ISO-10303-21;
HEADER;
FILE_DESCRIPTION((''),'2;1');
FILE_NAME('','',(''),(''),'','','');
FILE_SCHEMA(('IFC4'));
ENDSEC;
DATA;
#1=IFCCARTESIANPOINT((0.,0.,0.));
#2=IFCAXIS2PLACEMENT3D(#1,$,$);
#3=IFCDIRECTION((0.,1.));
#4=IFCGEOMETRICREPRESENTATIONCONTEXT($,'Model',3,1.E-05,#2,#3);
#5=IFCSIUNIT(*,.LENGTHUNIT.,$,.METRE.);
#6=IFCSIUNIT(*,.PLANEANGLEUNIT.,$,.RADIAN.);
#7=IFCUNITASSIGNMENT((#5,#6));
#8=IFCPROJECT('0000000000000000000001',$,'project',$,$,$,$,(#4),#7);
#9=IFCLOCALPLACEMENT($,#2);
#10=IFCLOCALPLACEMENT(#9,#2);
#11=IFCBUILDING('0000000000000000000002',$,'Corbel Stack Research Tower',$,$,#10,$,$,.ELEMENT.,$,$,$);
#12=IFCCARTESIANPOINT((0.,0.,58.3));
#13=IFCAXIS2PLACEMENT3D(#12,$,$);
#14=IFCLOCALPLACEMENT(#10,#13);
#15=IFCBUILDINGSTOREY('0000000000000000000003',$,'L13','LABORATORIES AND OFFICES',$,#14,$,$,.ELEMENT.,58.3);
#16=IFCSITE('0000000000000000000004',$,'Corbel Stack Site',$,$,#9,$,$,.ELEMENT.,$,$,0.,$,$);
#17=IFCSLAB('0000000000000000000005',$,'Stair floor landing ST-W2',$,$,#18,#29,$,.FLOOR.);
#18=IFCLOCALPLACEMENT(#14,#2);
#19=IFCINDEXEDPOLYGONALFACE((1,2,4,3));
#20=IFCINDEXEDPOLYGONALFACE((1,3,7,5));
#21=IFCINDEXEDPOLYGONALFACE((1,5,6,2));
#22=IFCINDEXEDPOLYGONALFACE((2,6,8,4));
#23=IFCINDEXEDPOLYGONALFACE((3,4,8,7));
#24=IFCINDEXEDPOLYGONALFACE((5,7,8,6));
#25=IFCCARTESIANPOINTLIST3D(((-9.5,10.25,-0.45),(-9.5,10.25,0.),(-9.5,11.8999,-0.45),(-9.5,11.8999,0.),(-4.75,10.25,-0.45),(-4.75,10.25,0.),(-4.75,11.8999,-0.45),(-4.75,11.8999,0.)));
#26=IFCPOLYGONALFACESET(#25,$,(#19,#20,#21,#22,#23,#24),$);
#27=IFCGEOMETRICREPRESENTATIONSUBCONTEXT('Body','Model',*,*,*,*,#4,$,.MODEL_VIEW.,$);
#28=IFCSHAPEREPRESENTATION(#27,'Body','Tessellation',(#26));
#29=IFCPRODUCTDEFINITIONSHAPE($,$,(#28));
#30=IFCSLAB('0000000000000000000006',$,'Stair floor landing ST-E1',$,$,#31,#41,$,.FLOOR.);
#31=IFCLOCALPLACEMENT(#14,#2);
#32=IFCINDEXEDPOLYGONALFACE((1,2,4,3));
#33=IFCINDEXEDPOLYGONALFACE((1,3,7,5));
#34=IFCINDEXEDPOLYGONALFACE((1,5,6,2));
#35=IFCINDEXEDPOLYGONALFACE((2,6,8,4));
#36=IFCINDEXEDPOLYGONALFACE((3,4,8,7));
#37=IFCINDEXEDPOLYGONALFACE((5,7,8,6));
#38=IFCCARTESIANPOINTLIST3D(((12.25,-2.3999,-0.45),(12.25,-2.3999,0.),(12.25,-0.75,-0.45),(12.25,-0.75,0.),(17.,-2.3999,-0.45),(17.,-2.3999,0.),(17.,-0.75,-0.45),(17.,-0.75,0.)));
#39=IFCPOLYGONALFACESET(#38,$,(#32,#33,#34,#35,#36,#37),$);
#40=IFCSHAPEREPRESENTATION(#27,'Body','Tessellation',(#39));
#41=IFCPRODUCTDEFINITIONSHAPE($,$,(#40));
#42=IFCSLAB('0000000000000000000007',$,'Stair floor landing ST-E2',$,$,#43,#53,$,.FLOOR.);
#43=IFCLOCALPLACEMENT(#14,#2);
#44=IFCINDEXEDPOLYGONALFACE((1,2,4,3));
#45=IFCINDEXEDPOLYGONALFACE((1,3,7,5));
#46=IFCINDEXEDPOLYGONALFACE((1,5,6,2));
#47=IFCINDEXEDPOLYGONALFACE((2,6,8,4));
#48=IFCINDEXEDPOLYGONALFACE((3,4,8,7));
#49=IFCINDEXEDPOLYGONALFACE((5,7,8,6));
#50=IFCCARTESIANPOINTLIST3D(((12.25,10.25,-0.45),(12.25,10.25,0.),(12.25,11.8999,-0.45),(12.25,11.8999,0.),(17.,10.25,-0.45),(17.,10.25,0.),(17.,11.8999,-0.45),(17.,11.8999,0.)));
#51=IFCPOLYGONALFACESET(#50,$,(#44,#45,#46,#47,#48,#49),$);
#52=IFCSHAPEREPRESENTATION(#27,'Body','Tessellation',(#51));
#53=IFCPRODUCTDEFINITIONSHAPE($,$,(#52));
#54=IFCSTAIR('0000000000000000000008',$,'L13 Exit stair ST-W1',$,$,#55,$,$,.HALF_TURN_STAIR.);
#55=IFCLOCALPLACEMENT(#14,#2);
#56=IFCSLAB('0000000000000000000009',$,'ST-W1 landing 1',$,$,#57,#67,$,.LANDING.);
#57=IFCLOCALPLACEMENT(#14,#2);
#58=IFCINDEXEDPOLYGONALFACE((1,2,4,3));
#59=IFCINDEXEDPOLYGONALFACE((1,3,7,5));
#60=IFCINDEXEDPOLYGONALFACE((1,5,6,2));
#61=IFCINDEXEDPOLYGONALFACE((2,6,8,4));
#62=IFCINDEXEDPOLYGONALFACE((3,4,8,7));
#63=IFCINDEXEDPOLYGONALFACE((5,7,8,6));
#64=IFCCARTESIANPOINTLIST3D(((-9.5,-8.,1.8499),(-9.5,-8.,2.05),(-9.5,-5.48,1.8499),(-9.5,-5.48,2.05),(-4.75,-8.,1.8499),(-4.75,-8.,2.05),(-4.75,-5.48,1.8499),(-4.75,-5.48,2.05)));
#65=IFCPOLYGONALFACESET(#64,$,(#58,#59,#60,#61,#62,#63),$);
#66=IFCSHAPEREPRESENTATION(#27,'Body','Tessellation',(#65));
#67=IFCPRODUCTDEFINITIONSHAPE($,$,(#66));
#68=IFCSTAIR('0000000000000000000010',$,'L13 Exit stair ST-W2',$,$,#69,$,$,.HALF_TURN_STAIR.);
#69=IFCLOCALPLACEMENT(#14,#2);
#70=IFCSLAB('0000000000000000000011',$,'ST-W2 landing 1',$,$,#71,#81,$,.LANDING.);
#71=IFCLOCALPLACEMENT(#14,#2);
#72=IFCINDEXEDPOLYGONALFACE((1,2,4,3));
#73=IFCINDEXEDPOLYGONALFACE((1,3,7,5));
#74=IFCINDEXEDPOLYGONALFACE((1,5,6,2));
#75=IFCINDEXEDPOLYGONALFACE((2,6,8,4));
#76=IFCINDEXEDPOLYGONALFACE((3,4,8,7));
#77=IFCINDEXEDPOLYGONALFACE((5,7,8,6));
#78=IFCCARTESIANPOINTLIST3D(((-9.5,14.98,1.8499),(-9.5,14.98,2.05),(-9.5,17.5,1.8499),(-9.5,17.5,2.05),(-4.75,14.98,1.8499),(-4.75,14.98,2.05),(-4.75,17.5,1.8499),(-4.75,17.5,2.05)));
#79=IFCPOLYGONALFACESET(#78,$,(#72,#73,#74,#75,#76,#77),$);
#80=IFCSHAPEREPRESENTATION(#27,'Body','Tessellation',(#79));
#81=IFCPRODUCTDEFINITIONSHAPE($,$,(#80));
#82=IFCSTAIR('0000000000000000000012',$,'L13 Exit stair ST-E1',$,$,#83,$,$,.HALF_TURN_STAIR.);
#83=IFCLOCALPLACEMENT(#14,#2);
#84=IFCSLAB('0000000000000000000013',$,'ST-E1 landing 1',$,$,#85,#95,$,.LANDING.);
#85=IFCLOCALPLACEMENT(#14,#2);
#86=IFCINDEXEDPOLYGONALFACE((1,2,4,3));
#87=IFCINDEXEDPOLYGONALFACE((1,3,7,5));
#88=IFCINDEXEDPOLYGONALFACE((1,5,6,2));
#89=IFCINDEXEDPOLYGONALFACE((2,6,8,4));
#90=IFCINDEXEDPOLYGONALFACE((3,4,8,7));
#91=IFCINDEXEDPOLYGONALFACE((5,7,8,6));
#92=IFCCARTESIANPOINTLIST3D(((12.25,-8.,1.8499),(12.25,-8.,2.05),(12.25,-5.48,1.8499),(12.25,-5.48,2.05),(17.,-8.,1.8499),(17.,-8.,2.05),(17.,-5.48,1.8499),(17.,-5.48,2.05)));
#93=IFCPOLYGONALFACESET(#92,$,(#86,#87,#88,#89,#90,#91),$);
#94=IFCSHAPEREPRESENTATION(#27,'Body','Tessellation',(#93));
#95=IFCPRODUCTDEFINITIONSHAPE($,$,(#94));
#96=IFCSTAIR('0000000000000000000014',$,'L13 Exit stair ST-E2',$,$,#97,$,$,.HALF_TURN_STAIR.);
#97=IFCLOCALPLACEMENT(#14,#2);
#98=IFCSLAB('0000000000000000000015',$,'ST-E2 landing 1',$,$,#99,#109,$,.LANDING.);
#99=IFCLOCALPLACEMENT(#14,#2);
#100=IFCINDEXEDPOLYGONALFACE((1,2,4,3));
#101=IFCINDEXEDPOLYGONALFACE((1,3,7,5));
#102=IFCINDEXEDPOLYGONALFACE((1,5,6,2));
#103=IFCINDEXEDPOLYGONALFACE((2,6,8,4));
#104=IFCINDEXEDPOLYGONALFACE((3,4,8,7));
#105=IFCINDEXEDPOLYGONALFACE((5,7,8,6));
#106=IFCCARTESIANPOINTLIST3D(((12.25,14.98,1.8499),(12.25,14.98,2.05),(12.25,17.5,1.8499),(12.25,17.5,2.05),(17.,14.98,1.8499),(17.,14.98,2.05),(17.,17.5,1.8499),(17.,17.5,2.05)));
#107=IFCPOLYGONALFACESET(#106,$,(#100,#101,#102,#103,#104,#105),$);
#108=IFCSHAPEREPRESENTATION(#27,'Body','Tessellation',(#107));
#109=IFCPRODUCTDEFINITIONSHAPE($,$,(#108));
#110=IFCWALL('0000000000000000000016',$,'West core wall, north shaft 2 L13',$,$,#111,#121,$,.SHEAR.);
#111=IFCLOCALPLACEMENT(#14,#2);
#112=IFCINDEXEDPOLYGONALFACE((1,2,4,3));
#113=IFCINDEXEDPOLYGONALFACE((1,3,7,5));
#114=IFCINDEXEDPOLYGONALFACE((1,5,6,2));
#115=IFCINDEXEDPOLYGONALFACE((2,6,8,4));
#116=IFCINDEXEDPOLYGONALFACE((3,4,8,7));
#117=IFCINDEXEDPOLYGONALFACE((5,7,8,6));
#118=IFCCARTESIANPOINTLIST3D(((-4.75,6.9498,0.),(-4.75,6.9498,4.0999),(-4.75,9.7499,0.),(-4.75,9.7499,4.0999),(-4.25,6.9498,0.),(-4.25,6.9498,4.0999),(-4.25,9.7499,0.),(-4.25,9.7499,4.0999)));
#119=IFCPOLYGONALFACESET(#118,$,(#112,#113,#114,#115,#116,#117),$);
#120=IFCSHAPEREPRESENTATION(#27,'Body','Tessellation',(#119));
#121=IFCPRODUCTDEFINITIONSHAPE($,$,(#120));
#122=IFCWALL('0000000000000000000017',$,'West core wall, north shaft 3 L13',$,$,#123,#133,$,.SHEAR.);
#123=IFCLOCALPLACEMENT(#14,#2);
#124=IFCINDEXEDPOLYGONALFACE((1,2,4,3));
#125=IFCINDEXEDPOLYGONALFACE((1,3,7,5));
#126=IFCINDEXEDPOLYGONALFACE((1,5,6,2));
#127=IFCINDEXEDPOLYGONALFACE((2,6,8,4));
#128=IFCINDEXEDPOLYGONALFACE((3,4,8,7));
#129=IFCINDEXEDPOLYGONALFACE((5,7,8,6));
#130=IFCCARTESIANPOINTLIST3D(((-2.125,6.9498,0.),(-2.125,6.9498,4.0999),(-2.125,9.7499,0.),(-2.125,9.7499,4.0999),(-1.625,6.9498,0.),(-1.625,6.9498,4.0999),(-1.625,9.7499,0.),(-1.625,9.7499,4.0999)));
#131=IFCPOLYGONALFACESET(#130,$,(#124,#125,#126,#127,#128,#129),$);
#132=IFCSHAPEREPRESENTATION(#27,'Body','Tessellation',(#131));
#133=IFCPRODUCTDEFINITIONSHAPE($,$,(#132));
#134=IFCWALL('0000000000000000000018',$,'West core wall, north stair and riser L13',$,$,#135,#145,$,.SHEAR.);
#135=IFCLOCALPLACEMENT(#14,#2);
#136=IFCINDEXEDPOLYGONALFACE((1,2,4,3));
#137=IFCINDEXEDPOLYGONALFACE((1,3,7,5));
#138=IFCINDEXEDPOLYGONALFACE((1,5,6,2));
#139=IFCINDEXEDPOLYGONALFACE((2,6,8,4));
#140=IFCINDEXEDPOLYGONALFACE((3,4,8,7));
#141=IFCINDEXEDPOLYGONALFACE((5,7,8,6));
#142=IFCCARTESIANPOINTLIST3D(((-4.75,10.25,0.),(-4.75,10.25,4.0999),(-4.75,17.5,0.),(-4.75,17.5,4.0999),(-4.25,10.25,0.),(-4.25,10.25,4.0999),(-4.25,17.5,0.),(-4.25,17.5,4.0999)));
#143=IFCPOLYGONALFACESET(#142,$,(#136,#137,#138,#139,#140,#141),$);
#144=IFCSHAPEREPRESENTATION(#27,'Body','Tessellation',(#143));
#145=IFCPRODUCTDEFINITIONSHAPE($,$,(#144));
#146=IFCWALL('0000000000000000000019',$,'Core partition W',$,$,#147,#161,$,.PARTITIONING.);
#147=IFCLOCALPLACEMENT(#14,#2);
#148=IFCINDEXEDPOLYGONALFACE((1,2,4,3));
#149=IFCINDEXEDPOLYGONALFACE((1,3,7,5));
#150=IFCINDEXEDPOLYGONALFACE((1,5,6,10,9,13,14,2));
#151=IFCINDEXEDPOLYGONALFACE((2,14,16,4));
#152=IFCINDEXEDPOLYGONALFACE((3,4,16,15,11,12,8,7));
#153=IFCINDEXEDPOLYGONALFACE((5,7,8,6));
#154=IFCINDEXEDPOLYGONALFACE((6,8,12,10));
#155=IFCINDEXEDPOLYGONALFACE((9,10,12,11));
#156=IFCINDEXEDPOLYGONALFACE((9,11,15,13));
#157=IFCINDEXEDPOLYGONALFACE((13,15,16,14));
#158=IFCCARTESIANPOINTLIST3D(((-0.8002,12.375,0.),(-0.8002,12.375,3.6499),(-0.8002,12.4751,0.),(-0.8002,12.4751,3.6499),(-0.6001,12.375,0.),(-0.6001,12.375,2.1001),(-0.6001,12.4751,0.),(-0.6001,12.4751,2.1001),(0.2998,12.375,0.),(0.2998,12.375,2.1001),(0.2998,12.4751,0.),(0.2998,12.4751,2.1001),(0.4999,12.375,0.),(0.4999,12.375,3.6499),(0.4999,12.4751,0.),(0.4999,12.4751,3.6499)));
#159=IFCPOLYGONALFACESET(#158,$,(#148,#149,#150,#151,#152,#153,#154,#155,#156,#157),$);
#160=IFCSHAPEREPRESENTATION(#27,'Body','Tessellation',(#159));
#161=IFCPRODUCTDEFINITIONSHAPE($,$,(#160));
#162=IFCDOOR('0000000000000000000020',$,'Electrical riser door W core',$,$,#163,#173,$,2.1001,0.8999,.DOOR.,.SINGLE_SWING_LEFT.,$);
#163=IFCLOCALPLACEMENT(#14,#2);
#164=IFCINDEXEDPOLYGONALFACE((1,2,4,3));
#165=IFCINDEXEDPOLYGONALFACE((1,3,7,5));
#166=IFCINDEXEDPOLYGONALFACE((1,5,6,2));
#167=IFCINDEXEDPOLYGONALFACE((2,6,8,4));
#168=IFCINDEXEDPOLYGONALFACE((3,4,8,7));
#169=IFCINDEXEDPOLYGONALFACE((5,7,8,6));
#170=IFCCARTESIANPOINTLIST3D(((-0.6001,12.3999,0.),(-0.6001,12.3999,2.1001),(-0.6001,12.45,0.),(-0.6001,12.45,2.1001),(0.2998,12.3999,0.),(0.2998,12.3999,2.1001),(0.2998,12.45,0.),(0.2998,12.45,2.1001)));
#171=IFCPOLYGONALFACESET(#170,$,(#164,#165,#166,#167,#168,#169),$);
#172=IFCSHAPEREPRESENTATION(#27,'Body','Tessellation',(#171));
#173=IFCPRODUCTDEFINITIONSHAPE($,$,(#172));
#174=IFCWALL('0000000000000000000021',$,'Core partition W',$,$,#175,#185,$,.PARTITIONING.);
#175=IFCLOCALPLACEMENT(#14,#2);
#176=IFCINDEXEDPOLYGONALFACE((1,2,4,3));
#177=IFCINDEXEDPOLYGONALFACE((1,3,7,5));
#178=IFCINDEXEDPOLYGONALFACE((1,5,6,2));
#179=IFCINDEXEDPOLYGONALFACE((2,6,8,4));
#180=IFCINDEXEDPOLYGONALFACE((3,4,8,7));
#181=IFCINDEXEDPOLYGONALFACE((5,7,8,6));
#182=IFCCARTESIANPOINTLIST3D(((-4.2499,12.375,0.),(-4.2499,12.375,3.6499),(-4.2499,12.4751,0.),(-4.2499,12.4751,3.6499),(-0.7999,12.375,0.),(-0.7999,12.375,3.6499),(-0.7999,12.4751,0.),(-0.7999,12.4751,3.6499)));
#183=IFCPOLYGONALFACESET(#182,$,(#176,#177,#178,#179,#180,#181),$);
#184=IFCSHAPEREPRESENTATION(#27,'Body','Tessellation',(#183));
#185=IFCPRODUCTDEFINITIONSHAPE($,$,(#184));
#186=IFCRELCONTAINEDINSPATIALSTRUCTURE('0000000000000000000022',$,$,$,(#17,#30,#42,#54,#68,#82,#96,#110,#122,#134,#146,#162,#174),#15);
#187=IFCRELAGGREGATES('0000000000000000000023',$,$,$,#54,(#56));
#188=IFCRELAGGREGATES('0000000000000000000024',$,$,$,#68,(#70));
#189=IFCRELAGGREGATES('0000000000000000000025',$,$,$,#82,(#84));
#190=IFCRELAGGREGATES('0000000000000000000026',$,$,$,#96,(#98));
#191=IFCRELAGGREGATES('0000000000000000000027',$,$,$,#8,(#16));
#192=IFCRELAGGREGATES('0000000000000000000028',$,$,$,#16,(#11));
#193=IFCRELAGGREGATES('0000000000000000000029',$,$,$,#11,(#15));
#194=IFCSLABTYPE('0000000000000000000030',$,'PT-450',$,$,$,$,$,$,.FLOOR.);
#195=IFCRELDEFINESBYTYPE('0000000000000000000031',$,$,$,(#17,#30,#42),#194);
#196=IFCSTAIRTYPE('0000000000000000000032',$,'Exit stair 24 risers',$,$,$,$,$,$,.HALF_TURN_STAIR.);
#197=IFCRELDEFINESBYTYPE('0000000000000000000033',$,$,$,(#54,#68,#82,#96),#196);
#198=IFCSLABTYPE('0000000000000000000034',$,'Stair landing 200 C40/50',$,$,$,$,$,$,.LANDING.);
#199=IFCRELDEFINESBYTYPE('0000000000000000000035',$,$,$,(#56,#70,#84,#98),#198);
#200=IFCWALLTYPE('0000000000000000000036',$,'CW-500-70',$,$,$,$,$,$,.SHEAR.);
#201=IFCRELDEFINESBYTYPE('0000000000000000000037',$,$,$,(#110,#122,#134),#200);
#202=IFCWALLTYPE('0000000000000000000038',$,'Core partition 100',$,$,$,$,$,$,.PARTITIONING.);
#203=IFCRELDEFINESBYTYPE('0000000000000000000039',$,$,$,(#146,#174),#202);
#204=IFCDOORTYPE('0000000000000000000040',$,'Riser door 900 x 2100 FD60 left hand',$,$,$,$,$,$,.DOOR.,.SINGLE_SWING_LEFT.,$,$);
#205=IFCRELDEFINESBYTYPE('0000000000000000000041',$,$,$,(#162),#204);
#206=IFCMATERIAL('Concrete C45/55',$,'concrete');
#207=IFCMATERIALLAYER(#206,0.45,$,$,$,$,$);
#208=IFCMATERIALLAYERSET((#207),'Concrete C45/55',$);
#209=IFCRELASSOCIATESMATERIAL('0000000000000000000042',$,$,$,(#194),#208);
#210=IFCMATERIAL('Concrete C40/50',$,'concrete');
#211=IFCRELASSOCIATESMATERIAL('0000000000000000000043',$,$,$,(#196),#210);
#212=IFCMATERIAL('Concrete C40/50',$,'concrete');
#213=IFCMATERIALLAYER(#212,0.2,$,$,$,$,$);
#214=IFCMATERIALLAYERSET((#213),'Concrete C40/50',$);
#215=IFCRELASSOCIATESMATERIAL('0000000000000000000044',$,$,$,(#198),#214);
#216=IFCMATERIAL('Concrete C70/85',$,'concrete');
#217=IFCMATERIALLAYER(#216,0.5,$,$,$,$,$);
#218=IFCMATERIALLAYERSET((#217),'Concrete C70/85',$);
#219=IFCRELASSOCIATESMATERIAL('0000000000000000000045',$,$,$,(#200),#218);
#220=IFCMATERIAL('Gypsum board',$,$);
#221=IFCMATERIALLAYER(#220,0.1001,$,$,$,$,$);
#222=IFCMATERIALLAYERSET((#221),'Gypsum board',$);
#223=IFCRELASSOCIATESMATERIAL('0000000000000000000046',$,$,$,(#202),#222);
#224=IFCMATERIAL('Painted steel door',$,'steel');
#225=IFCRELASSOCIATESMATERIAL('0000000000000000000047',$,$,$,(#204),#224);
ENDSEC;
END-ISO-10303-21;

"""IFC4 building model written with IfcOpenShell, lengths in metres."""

from ifc_helpers import new_model, si_unit, direction, frame, frame_2d, origin, place, context, subcontext, project, spatial, polyline, rectangle, outline, extrude, material, layer, layer_set, type_object, element, fill, aggregate, save


model = new_model("IFC4")

# Units and contexts
model_context = context("Model", 3, precision=1e-05, world=origin(), true_north=direction((0.0, 1.0)))
body_context = subcontext(model_context, "Body", "Model", "MODEL_VIEW")
ifc_project = project(units=[si_unit("LENGTHUNIT", "METRE"), si_unit("PLANEANGLEUNIT", "RADIAN")], contexts=[model_context])

# Site, building, storey
site_placement = place(None, origin())
site = spatial("IfcSite", under=ifc_project, at=site_placement, Name="Corbel Stack Site", CompositionType="ELEMENT", RefElevation=0.0)
building_placement = place(site_placement, origin())
building = spatial("IfcBuilding", under=site, at=building_placement, Name="Corbel Stack Research Tower", CompositionType="ELEMENT")
storey_placement = place(building_placement, frame((0.0, 0.0, 58.3)))
storey = spatial("IfcBuildingStorey", under=building, at=storey_placement, Name="L13", Description="LABORATORIES AND OFFICES", CompositionType="ELEMENT", Elevation=58.3)

# Slabs
ifc_material_1 = material(Name="Concrete C45/55", Category="concrete")
ifc_layer_1 = layer(ifc_material_1, 0.45)
ifc_layer_set_1 = layer_set([ifc_layer_1], Name="Concrete C45/55")
slab_type_1 = type_object("IfcSlabType", Name="PT-450", PredefinedType="FLOOR", material=ifc_layer_set_1)
slab_1_placement = place(storey_placement, frame((0.0, 0.0, -0.45)))
element("IfcSlab", 1, at=slab_1_placement, inside=storey, type_object=slab_type_1, Name="Stair floor landing ST-W2", PredefinedType="FLOOR", context=body_context, shape_type="SweptSolid", body=[
    extrude(outline(polyline([(-9.5, 10.25), (-4.75, 10.25), (-4.75, 11.8999), (-9.5, 11.8999), (-9.5, 10.25)])), origin(), (0.0, 0.0, 1.0), 0.45),
])
slab_2_placement = place(storey_placement, frame((0.0, 0.0, -0.45)))
element("IfcSlab", 2, at=slab_2_placement, inside=storey, type_object=slab_type_1, Name="Stair floor landing ST-E1", PredefinedType="FLOOR", context=body_context, shape_type="SweptSolid", body=[
    extrude(outline(polyline([(12.25, -2.3999), (17.0, -2.3999), (17.0, -0.75), (12.25, -0.75), (12.25, -2.3999)])), origin(), (0.0, 0.0, 1.0), 0.45),
])
slab_3_placement = place(storey_placement, frame((0.0, 0.0, -0.45)))
element("IfcSlab", 3, at=slab_3_placement, inside=storey, type_object=slab_type_1, Name="Stair floor landing ST-E2", PredefinedType="FLOOR", context=body_context, shape_type="SweptSolid", body=[
    extrude(outline(polyline([(12.25, 10.25), (17.0, 10.25), (17.0, 11.8999), (12.25, 11.8999), (12.25, 10.25)])), origin(), (0.0, 0.0, 1.0), 0.45),
])

# Stairs, slabs
ifc_material_2 = material(Name="Concrete C40/50", Category="concrete")
stair_type = type_object("IfcStairType", Name="Exit stair 24 risers", PredefinedType="HALF_TURN_STAIR", material=ifc_material_2)
stair_1_placement = place(storey_placement, origin())
stair_1 = element("IfcStair", 4, at=stair_1_placement, inside=storey, type_object=stair_type, Name="L13 Exit stair ST-W1", PredefinedType="HALF_TURN_STAIR")
ifc_material_3 = material(Name="Concrete C40/50", Category="concrete")
ifc_layer_2 = layer(ifc_material_3, 0.2)
ifc_layer_set_2 = layer_set([ifc_layer_2], Name="Concrete C40/50")
slab_type_2 = type_object("IfcSlabType", Name="Stair landing 200 C40/50", PredefinedType="LANDING", material=ifc_layer_set_2)
slab_4_placement = place(storey_placement, frame((0.0, 0.0, 1.8499)))
slab_4 = element("IfcSlab", 5, at=slab_4_placement, type_object=slab_type_2, Name="ST-W1 landing 1", PredefinedType="LANDING", context=body_context, shape_type="SweptSolid", body=[
    extrude(outline(polyline([(-9.5, -8.0), (-9.5, -5.48), (-4.75, -5.48), (-4.75, -8.0), (-9.5, -8.0)])), origin(), (0.0, 0.0, 1.0), 0.2002),
])
aggregate(stair_1, [slab_4])
stair_2_placement = place(storey_placement, origin())
stair_2 = element("IfcStair", 6, at=stair_2_placement, inside=storey, type_object=stair_type, Name="L13 Exit stair ST-W2", PredefinedType="HALF_TURN_STAIR")
slab_5_placement = place(storey_placement, frame((0.0, 0.0, 1.8499)))
slab_5 = element("IfcSlab", 7, at=slab_5_placement, type_object=slab_type_2, Name="ST-W2 landing 1", PredefinedType="LANDING", context=body_context, shape_type="SweptSolid", body=[
    extrude(outline(polyline([(-9.5, 14.98), (-9.5, 17.5), (-4.75, 17.5), (-4.75, 14.98), (-9.5, 14.98)])), origin(), (0.0, 0.0, 1.0), 0.2002),
])
aggregate(stair_2, [slab_5])
stair_3_placement = place(storey_placement, origin())
stair_3 = element("IfcStair", 8, at=stair_3_placement, inside=storey, type_object=stair_type, Name="L13 Exit stair ST-E1", PredefinedType="HALF_TURN_STAIR")
slab_6_placement = place(storey_placement, frame((0.0, 0.0, 1.8499)))
slab_6 = element("IfcSlab", 9, at=slab_6_placement, type_object=slab_type_2, Name="ST-E1 landing 1", PredefinedType="LANDING", context=body_context, shape_type="SweptSolid", body=[
    extrude(outline(polyline([(12.25, -8.0), (12.25, -5.48), (17.0, -5.48), (17.0, -8.0), (12.25, -8.0)])), origin(), (0.0, 0.0, 1.0), 0.2002),
])
aggregate(stair_3, [slab_6])
stair_4_placement = place(storey_placement, origin())
stair_4 = element("IfcStair", 10, at=stair_4_placement, inside=storey, type_object=stair_type, Name="L13 Exit stair ST-E2", PredefinedType="HALF_TURN_STAIR")
slab_7_placement = place(storey_placement, frame((0.0, 0.0, 1.8499)))
slab_7 = element("IfcSlab", 11, at=slab_7_placement, type_object=slab_type_2, Name="ST-E2 landing 1", PredefinedType="LANDING", context=body_context, shape_type="SweptSolid", body=[
    extrude(outline(polyline([(12.25, 14.98), (12.25, 17.5), (17.0, 17.5), (17.0, 14.98), (12.25, 14.98)])), origin(), (0.0, 0.0, 1.0), 0.2002),
])
aggregate(stair_4, [slab_7])

# Walls
ifc_material_4 = material(Name="Concrete C70/85", Category="concrete")
ifc_layer_3 = layer(ifc_material_4, 0.5)
ifc_layer_set_3 = layer_set([ifc_layer_3], Name="Concrete C70/85")
wall_type_1 = type_object("IfcWallType", Name="CW-500-70", PredefinedType="SHEAR", material=ifc_layer_set_3)
for number, where, z_axis, x_axis, name in (
    (12, (-4.5, 6.95, 0.0), (0.0, 0.0, 1.0), (0.0, 1.0, 0.0), "West core wall, north shaft 2 L13"),
    (13, (-1.875, 6.95, 0.0), (0.0, 0.0, 1.0), (0.0, 1.0, 0.0), "West core wall, north shaft 3 L13"),
):
    element("IfcWall", number, at=place(storey_placement, frame(where, z_axis=z_axis, x_axis=x_axis)), inside=storey, type_object=wall_type_1, Name=name, PredefinedType="SHEAR", context=body_context, shape_type="SweptSolid", body=[
        extrude(rectangle(XDim=2.8, YDim=0.5, at=frame_2d((1.3999, 0.0))), origin(), (0.0, 0.0, 1.0), 4.0999),
    ])
wall_1_placement = place(storey_placement, frame((-4.5, 10.25, 0.0), z_axis=(0.0, 0.0, 1.0), x_axis=(0.0, 1.0, 0.0)))
element("IfcWall", 14, at=wall_1_placement, inside=storey, type_object=wall_type_1, Name="West core wall, north stair and riser L13", PredefinedType="SHEAR", context=body_context, shape_type="SweptSolid", body=[
    extrude(rectangle(XDim=7.25, YDim=0.5, at=frame_2d((3.625, 0.0))), origin(), (0.0, 0.0, 1.0), 4.0999),
])

# Wall, opening, door
ifc_material_5 = material(Name="Gypsum board")
ifc_layer_4 = layer(ifc_material_5, 0.1001)
ifc_layer_set_4 = layer_set([ifc_layer_4], Name="Gypsum board")
wall_type_2 = type_object("IfcWallType", Name="Core partition 100", PredefinedType="PARTITIONING", material=ifc_layer_set_4)
wall_2_placement = place(storey_placement, frame((-0.8, 12.425, 0.0), z_axis=(0.0, 0.0, 1.0), x_axis=(1.0, 0.0, 0.0)))
wall_2 = element("IfcWall", 15, at=wall_2_placement, inside=storey, type_object=wall_type_2, Name="Core partition W", PredefinedType="PARTITIONING", context=body_context, shape_type="SweptSolid", body=[
    extrude(rectangle(XDim=1.3, YDim=0.1001, at=frame_2d((0.6499, 0.0))), origin(), (0.0, 0.0, 1.0), 3.6499),
])
opening_1_placement = place(wall_2_placement, frame((0.2, 0.0, 0.0)))
opening_1 = element("IfcOpeningElement", 16, at=opening_1_placement, cuts=wall_2, PredefinedType="OPENING", context=body_context, shape_type="SweptSolid", body=[
    extrude(rectangle(XDim=0.8999, YDim=2.1001, at=frame_2d((0.45, 1.05))), frame((0.0, 0.0601, 0.0), z_axis=(0.0, -1.0, 0.0), x_axis=(1.0, 0.0, 0.0)), (0.0, 0.0, 1.0), 0.1201),
])
ifc_material_6 = material(Name="Painted steel door", Category="steel")
door_type_1 = type_object("IfcDoorType", Name="Riser door 900 x 2100 FD60 left hand", OperationType="SINGLE_SWING_LEFT", PredefinedType="DOOR", material=ifc_material_6)
door_1_placement = place(opening_1_placement, origin())
door_1 = element("IfcDoor", 17, at=door_1_placement, inside=storey, type_object=door_type_1, Name="Electrical riser door W core", OperationType="SINGLE_SWING_LEFT", OverallHeight=2.1001, OverallWidth=0.8999, PredefinedType="DOOR", context=body_context, shape_type="SweptSolid", body=[
    extrude(rectangle(XDim=0.8999, YDim=2.1001, at=frame_2d((0.45, 1.05))), frame((0.0, 0.0249, 0.0), z_axis=(0.0, -1.0, 0.0), x_axis=(1.0, 0.0, 0.0)), (0.0, 0.0, 1.0), 0.05),
])
fill(opening_1, door_1)

# Wall
wall_3_placement = place(storey_placement, frame((-4.25, 12.425, 0.0), z_axis=(0.0, 0.0, 1.0), x_axis=(1.0, 0.0, 0.0)))
element("IfcWall", 18, at=wall_3_placement, inside=storey, type_object=wall_type_2, Name="Core partition W", PredefinedType="PARTITIONING", context=body_context, shape_type="SweptSolid", body=[
    extrude(rectangle(XDim=3.45, YDim=0.1001, at=frame_2d((1.7251, 0.0))), origin(), (0.0, 0.0, 1.0), 3.6499),
])

save(model, "model.ifc")
